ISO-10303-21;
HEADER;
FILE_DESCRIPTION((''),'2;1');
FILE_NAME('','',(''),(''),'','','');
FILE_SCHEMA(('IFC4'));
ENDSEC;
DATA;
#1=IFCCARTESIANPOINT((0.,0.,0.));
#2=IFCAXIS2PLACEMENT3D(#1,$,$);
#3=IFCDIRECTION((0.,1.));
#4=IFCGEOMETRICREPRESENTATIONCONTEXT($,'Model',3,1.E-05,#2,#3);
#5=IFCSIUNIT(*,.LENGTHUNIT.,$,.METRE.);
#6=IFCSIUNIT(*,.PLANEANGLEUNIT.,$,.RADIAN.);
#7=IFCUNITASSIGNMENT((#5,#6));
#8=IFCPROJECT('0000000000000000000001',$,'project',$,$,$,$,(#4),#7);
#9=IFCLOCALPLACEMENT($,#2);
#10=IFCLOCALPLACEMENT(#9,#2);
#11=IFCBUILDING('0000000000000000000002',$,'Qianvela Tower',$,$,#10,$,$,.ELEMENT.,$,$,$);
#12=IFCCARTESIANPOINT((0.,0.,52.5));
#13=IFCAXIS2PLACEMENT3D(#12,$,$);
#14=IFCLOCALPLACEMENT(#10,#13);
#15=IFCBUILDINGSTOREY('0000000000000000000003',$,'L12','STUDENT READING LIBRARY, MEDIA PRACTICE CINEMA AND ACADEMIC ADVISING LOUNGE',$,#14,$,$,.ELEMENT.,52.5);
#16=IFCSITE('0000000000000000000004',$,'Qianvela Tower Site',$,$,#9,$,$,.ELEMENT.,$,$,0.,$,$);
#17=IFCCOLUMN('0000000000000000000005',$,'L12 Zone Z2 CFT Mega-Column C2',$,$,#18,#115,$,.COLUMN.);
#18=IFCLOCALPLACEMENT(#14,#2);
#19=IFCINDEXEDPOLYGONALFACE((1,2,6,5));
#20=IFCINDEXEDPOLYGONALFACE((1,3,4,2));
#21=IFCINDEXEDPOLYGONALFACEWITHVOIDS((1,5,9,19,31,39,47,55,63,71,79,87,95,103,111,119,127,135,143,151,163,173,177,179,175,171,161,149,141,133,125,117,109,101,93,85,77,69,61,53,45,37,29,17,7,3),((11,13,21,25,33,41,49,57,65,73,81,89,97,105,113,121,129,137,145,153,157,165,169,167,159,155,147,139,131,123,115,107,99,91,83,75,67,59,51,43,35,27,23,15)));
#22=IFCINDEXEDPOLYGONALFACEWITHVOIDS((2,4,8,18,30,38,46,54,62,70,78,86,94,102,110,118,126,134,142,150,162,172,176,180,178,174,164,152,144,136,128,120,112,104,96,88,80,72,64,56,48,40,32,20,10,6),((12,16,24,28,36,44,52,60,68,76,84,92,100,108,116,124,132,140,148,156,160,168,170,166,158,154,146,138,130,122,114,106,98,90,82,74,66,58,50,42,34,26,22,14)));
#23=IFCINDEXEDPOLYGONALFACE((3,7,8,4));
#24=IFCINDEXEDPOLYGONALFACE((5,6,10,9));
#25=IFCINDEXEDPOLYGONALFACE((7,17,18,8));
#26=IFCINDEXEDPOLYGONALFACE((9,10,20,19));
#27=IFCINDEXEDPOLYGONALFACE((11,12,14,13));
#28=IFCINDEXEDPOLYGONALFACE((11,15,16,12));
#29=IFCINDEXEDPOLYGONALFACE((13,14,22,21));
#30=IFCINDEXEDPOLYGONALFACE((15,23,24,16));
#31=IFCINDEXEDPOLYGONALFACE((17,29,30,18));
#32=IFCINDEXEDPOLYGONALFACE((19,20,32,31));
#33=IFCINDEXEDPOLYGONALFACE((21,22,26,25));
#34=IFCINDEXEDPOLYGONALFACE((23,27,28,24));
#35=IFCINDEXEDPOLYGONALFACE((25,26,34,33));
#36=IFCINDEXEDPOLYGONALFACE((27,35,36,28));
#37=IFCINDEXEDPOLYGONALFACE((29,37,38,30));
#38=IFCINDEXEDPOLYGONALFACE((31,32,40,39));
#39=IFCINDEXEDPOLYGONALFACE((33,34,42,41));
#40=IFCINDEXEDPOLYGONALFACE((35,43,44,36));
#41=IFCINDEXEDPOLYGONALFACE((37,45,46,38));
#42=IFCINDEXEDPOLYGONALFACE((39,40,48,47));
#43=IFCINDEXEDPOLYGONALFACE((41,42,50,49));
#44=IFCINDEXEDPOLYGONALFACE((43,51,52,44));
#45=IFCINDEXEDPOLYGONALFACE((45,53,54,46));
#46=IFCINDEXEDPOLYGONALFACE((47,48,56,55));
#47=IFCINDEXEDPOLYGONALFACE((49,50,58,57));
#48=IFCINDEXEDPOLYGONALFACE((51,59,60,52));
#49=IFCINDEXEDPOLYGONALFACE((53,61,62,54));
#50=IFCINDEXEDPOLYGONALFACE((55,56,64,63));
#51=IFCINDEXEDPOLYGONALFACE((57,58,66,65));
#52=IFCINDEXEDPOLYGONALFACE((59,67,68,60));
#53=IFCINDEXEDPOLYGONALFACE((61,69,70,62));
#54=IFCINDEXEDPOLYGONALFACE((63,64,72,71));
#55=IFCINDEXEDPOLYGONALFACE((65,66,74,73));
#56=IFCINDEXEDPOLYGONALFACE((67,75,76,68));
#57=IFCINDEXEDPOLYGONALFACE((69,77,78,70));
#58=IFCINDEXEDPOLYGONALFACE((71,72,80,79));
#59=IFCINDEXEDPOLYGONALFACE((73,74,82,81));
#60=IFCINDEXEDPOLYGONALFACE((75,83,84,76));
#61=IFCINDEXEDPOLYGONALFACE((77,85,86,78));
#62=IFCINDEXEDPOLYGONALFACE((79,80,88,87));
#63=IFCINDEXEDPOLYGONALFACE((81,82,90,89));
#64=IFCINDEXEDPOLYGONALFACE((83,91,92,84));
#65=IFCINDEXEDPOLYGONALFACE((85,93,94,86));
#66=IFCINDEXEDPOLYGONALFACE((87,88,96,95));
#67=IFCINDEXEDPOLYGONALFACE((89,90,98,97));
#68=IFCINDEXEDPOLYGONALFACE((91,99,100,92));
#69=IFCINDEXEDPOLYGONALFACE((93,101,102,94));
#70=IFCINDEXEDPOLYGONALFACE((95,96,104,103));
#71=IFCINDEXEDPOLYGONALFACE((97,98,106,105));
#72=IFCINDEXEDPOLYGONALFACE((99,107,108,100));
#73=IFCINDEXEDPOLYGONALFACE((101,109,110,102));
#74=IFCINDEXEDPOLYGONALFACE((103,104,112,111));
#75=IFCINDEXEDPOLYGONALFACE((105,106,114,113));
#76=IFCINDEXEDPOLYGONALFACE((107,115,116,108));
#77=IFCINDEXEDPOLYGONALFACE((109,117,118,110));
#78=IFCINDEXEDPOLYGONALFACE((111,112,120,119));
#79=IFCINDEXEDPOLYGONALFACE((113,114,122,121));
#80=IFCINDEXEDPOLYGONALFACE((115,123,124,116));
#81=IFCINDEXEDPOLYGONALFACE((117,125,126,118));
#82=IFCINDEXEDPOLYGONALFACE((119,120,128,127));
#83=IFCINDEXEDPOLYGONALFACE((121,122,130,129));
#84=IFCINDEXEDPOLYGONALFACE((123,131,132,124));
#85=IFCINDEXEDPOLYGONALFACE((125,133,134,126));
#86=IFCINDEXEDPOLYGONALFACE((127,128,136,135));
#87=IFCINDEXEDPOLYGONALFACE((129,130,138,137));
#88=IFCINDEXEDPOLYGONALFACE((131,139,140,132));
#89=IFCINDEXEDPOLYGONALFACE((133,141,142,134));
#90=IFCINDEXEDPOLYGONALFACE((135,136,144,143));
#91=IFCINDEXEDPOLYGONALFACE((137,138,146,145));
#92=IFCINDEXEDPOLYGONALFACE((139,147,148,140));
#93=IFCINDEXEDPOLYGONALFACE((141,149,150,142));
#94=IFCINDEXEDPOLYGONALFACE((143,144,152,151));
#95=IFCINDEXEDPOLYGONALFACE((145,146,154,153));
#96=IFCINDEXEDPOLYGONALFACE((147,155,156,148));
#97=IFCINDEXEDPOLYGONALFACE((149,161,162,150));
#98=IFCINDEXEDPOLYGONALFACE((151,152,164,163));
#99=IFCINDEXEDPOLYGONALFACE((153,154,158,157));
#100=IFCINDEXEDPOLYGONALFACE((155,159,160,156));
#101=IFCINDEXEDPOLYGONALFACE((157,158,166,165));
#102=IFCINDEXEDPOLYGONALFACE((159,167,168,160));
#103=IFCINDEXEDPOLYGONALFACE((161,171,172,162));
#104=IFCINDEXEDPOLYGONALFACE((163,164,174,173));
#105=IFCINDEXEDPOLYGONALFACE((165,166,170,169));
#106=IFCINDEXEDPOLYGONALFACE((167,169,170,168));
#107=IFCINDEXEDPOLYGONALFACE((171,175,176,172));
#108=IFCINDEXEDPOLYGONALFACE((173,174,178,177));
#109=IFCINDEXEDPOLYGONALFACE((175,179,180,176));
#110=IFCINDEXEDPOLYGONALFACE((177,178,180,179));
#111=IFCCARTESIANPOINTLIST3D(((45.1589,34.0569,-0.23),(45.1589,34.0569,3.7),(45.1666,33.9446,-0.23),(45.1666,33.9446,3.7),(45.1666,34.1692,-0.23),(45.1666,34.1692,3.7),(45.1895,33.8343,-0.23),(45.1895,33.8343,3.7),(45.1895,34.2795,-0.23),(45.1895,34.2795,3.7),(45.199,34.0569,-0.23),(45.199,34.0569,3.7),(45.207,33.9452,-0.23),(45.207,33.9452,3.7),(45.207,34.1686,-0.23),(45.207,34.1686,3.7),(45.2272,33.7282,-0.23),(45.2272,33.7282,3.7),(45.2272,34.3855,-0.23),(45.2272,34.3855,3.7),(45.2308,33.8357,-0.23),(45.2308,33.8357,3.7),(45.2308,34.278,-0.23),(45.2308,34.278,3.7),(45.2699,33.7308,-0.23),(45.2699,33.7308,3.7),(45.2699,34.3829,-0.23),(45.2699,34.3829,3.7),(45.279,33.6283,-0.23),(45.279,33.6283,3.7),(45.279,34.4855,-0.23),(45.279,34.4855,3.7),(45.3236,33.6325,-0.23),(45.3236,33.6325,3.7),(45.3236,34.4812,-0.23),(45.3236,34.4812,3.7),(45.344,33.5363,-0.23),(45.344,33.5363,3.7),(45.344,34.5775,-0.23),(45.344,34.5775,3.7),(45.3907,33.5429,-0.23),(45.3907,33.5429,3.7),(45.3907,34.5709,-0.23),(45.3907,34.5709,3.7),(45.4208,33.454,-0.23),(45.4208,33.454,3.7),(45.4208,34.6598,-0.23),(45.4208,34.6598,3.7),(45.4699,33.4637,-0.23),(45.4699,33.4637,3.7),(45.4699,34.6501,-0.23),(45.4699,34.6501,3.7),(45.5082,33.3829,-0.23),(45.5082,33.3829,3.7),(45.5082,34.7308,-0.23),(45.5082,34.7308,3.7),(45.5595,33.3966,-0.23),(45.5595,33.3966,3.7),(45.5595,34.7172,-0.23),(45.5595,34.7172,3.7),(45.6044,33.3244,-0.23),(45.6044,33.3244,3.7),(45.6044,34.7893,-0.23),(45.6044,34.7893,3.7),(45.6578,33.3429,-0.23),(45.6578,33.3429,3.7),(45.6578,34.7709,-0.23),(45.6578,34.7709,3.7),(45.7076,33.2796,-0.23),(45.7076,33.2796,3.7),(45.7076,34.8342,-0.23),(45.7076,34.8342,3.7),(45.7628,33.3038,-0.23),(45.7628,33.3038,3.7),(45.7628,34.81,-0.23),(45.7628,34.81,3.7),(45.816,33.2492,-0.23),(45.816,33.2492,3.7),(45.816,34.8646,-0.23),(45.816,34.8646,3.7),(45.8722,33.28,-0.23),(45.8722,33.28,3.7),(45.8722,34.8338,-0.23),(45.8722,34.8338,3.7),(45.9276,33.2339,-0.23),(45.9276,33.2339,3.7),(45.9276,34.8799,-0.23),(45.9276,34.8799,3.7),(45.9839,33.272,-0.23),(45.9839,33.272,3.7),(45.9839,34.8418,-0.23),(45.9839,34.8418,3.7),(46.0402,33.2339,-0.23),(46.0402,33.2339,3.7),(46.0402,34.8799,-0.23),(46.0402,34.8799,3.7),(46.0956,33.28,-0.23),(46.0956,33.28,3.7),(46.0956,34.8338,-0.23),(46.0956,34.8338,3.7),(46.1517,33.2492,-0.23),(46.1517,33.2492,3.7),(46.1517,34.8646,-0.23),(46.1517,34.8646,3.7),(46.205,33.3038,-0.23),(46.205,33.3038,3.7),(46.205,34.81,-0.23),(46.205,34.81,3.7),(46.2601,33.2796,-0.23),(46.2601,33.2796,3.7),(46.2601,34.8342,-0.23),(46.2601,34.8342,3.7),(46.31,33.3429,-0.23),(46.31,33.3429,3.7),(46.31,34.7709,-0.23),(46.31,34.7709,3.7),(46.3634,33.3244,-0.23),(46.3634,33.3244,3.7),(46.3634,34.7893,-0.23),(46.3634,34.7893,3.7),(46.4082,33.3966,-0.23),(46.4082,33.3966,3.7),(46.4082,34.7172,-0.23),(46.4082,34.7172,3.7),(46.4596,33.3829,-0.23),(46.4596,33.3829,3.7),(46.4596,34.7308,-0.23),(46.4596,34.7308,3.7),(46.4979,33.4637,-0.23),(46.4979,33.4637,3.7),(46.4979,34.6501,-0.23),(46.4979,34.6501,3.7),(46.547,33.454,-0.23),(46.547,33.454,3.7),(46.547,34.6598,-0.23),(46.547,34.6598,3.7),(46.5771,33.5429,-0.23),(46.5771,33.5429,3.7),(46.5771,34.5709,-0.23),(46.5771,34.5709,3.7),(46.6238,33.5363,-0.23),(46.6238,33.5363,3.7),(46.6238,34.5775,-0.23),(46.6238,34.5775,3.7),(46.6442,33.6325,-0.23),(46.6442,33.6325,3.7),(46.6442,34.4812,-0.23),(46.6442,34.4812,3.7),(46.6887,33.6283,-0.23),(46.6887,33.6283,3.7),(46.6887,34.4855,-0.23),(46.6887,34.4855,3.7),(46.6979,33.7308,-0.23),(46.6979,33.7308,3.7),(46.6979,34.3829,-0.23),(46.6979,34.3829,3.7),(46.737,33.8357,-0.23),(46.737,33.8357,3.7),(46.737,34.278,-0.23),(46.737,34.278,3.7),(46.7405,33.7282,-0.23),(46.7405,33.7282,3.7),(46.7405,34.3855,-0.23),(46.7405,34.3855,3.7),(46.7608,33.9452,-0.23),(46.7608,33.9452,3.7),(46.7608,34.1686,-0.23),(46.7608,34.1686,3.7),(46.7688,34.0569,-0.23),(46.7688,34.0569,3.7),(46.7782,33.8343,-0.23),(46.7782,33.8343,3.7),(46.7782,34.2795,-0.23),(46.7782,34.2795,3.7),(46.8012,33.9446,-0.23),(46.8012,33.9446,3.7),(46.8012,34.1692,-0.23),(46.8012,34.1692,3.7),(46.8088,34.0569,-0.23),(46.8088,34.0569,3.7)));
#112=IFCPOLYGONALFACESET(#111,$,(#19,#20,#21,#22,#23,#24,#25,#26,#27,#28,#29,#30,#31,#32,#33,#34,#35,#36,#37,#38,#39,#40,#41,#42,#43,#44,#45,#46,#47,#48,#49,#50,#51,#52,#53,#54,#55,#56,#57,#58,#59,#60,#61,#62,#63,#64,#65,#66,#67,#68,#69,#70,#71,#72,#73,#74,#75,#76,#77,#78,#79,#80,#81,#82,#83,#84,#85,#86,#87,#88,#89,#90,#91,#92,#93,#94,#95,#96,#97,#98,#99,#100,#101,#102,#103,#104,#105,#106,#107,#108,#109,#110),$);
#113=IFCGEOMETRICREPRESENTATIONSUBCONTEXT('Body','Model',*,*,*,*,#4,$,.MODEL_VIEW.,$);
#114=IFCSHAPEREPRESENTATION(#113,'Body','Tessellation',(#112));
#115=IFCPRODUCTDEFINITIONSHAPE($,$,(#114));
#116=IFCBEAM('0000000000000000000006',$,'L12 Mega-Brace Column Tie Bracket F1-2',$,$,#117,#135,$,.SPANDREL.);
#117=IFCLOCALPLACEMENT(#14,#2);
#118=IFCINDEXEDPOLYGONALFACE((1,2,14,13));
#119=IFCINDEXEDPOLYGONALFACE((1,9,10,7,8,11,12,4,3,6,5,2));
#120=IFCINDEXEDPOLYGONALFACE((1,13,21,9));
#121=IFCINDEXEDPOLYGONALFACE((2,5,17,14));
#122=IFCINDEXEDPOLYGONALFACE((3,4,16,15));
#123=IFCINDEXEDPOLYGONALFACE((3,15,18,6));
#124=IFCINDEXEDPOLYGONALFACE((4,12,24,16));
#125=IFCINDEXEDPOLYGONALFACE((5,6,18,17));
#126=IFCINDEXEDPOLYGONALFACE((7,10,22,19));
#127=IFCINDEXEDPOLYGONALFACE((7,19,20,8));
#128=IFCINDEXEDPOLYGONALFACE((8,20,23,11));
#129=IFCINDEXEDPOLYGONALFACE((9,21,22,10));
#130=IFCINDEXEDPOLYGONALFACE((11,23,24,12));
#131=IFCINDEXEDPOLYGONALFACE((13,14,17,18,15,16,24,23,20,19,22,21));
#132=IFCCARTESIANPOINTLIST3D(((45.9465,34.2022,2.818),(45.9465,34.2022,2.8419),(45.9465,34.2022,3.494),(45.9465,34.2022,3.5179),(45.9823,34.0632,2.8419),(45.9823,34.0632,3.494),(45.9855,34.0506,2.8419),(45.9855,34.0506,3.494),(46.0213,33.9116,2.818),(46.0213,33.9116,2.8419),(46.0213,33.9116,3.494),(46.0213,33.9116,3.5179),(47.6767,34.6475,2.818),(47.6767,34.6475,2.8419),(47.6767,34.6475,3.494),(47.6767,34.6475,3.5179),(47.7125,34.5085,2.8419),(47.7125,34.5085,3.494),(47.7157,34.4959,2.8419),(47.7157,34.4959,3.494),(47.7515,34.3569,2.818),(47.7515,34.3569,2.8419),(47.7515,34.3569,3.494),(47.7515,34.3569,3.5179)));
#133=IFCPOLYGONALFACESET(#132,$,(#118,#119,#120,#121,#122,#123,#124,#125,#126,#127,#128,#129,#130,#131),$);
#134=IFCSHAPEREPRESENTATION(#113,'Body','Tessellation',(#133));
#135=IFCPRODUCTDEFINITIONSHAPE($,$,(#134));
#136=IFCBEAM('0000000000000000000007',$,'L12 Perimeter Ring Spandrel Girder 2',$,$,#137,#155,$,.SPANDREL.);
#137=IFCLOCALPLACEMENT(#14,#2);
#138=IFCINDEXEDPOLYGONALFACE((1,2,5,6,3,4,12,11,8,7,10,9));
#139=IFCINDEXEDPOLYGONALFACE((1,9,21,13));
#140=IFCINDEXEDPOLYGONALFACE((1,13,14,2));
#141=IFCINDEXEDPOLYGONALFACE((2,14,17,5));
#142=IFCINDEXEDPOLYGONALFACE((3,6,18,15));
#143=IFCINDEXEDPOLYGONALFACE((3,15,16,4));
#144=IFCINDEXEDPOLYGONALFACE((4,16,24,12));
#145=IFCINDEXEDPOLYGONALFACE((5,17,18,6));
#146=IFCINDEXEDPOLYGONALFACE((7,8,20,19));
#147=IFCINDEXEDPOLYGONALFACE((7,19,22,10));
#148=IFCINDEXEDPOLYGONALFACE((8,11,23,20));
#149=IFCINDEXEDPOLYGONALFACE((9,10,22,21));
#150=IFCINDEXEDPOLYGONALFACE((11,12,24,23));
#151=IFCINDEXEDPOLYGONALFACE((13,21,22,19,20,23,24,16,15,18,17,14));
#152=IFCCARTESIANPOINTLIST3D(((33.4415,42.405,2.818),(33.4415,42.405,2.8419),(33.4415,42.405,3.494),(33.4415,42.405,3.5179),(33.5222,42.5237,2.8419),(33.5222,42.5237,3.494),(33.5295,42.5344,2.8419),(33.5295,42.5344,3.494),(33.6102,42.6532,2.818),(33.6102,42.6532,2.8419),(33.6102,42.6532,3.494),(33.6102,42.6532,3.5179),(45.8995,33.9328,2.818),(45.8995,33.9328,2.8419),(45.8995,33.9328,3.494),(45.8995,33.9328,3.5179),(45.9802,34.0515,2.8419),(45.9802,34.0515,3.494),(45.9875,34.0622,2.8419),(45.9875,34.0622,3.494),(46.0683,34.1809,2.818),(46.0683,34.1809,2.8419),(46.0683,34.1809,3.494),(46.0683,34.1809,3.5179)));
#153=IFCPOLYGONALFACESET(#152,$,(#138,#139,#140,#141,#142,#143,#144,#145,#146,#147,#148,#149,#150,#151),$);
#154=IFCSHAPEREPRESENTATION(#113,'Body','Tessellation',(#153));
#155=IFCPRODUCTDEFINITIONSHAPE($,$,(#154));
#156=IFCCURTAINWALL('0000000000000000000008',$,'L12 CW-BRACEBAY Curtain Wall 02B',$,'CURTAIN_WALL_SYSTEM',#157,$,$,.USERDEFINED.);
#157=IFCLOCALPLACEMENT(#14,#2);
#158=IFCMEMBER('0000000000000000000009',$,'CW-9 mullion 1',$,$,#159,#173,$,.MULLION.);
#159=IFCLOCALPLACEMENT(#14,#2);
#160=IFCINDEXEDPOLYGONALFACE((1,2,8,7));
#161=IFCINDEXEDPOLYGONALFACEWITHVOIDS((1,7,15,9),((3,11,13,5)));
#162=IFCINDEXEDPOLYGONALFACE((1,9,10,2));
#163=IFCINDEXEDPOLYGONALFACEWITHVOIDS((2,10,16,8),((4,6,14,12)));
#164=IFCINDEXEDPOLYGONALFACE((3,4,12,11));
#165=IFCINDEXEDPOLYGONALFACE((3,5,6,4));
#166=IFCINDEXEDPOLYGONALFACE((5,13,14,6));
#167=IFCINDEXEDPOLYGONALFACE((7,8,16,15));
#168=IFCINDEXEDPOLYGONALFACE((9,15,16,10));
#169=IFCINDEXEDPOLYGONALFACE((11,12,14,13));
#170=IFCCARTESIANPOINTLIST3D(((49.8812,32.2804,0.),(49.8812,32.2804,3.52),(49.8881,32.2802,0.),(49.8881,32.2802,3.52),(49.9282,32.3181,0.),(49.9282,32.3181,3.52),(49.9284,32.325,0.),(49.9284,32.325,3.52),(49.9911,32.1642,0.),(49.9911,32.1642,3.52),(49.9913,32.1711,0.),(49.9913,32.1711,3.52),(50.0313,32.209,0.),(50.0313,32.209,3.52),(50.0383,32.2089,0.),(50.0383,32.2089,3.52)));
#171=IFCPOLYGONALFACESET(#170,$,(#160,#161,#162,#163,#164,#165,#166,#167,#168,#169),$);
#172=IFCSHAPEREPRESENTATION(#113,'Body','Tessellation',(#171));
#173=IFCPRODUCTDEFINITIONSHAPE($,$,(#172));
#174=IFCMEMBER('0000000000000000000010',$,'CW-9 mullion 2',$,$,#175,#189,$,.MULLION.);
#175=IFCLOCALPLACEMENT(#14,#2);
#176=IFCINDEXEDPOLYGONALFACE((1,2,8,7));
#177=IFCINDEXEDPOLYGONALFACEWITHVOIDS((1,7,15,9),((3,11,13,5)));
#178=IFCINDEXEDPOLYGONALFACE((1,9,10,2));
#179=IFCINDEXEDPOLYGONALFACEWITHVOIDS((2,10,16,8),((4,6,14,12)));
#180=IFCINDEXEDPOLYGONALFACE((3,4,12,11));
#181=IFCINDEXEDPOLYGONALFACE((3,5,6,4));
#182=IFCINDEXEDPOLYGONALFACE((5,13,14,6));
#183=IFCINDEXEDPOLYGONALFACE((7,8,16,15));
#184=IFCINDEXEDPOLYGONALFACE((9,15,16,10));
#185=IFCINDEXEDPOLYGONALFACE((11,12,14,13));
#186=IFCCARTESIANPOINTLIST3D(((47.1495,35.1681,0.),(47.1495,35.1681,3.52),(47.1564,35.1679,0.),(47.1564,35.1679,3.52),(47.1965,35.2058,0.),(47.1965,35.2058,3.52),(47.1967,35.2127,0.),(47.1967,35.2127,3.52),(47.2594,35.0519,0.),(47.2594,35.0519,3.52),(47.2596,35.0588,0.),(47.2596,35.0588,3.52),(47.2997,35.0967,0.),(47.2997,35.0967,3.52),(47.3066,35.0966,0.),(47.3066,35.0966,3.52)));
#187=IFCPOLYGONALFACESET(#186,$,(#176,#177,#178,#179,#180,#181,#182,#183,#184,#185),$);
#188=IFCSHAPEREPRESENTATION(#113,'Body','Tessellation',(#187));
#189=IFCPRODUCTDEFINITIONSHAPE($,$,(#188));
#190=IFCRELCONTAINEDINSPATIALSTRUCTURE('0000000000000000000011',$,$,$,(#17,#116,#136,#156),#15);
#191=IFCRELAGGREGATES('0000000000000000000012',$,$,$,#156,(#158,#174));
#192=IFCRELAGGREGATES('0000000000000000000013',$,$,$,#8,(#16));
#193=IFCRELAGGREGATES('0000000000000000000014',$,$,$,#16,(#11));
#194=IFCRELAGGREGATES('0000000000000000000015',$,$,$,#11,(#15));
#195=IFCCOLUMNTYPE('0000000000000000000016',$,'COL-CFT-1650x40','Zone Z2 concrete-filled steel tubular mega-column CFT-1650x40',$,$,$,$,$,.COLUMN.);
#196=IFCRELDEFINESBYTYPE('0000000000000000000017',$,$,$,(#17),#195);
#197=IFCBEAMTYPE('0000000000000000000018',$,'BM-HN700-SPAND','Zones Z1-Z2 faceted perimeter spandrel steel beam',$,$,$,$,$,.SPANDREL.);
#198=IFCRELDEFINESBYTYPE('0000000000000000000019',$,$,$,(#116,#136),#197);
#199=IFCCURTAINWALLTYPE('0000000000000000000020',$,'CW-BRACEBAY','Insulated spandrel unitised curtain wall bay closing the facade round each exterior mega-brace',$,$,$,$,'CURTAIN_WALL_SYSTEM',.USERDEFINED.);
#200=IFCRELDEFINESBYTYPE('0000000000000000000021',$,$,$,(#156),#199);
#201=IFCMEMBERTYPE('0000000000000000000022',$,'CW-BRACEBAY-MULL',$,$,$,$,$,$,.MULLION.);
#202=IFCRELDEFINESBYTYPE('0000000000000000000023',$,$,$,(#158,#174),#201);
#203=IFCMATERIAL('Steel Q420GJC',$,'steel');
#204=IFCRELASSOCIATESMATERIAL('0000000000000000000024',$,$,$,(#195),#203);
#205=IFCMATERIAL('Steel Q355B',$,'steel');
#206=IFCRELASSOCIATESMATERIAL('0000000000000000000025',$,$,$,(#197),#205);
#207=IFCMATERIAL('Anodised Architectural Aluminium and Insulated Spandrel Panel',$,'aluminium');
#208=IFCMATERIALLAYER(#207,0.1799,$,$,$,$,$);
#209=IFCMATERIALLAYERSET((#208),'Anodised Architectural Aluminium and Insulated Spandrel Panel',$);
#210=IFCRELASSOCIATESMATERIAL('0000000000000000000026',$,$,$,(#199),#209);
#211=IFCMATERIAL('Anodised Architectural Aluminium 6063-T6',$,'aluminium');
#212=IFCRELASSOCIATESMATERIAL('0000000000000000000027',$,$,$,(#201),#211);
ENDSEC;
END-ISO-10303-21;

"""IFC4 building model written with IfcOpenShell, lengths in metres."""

from ifc_helpers import new_model, si_unit, direction, frame, origin, origin_2d, place, context, subcontext, project, spatial, hollow_rectangle, hollow_circle, i_section, extrude, material, layer, layer_set, material_profile, profile_set, type_object, element, aggregate, save


model = new_model("IFC4")

# Units and contexts
model_context = context("Model", 3, precision=1e-05, world=origin(), true_north=direction((0.0, 1.0)))
body_context = subcontext(model_context, "Body", "Model", "MODEL_VIEW")
ifc_project = project(units=[si_unit("LENGTHUNIT", "METRE"), si_unit("PLANEANGLEUNIT", "RADIAN")], contexts=[model_context])

# Site, building, storey
site_placement = place(None, origin())
site = spatial("IfcSite", under=ifc_project, at=site_placement, Name="Qianvela Tower Site", CompositionType="ELEMENT", RefElevation=0.0)
building_placement = place(site_placement, origin())
building = spatial("IfcBuilding", under=site, at=building_placement, Name="Qianvela Tower", CompositionType="ELEMENT")
storey_placement = place(building_placement, frame((0.0, 0.0, 52.5)))
storey = spatial("IfcBuildingStorey", under=building, at=storey_placement, Name="L12", Description="STUDENT READING LIBRARY, MEDIA PRACTICE CINEMA AND ACADEMIC ADVISING LOUNGE", CompositionType="ELEMENT", Elevation=52.5)

# Column
ifc_material_1 = material(Name="Steel Q420GJC", Category="steel")
ifc_material_profile_1 = material_profile(ifc_material_1, hollow_circle(Radius=0.825, WallThickness=0.04, at=origin_2d()), Name="CFT-1650x40")
ifc_profile_set_1 = profile_set([ifc_material_profile_1], Name="Steel Q420GJC")
column_type = type_object("IfcColumnType", Name="COL-CFT-1650x40", Description="Zone Z2 concrete-filled steel tubular mega-column CFT-1650x40", PredefinedType="COLUMN", material=ifc_profile_set_1)
column_placement = place(storey_placement, frame((45.9839, 34.0569, -0.23), z_axis=(0.0, 0.0, 1.0), x_axis=(1.0, 0.0, 0.0)))
element("IfcColumn", 1, at=column_placement, inside=storey, type_object=column_type, Name="L12 Zone Z2 CFT Mega-Column C2", PredefinedType="COLUMN", context=body_context, shape_type="SweptSolid", body=[
    extrude(hollow_circle(Radius=0.825, WallThickness=0.04, at=origin_2d()), origin(), (0.0, 0.0, 1.0), 3.9299),
])

# Beams
ifc_material_2 = material(Name="Steel Q355B", Category="steel")
ifc_material_profile_2 = material_profile(ifc_material_2, i_section(OverallWidth=0.3, OverallDepth=0.7, WebThickness=0.0129, FlangeThickness=0.0239, at=origin_2d()), Name="HN700x300x13x24")
ifc_profile_set_2 = profile_set([ifc_material_profile_2], Name="Steel Q355B")
beam_type = type_object("IfcBeamType", Name="BM-HN700-SPAND", Description="Zones Z1-Z2 faceted perimeter spandrel steel beam", PredefinedType="SPANDREL", material=ifc_profile_set_2)
beam_1_placement = place(storey_placement, frame((45.9839, 34.0569, 3.168), z_axis=(0.968439, 0.24925, 0.0), x_axis=(-0.24925, 0.968439, 0.0)))
element("IfcBeam", 2, at=beam_1_placement, inside=storey, type_object=beam_type, Name="L12 Mega-Brace Column Tie Bracket F1-2", PredefinedType="SPANDREL", context=body_context, shape_type="SweptSolid", body=[
    extrude(i_section(OverallWidth=0.3, OverallDepth=0.7, WebThickness=0.0129, FlangeThickness=0.0239, at=origin_2d()), origin(), (0.0, 0.0, 1.0), 1.7866),
])
beam_2_placement = place(storey_placement, frame((45.9839, 34.0569, 3.168), z_axis=(-0.826904, 0.562343, 0.0), x_axis=(-0.562343, -0.826904, 0.0)))
element("IfcBeam", 3, at=beam_2_placement, inside=storey, type_object=beam_type, Name="L12 Perimeter Ring Spandrel Girder 2", PredefinedType="SPANDREL", context=body_context, shape_type="SweptSolid", body=[
    extrude(i_section(OverallWidth=0.3, OverallDepth=0.7, WebThickness=0.0129, FlangeThickness=0.0239, at=origin_2d()), origin(), (0.0, 0.0, 1.0), 15.0659),
])

# Curtain wall, members
ifc_material_3 = material(Name="Anodised Architectural Aluminium and Insulated Spandrel Panel", Category="aluminium")
ifc_layer_1 = layer(ifc_material_3, 0.1799)
ifc_layer_set_1 = layer_set([ifc_layer_1], Name="Anodised Architectural Aluminium and Insulated Spandrel Panel")
curtain_wall_type_1 = type_object("IfcCurtainWallType", Name="CW-BRACEBAY", Description="Insulated spandrel unitised curtain wall bay closing the facade round each exterior mega-brace", ElementType="CURTAIN_WALL_SYSTEM", PredefinedType="USERDEFINED", material=ifc_layer_set_1)
curtain_wall_1_placement = place(storey_placement, origin())
curtain_wall_1 = element("IfcCurtainWall", 4, at=curtain_wall_1_placement, inside=storey, type_object=curtain_wall_type_1, Name="L12 CW-BRACEBAY Curtain Wall 02B", ObjectType="CURTAIN_WALL_SYSTEM", PredefinedType="USERDEFINED")
ifc_material_4 = material(Name="Anodised Architectural Aluminium 6063-T6", Category="aluminium")
ifc_material_profile_3 = material_profile(ifc_material_4, hollow_rectangle(XDim=0.0649, YDim=0.1599, WallThickness=0.0049, at=origin_2d()), Name="ALU-MULL-65x160")
ifc_profile_set_3 = profile_set([ifc_material_profile_3], Name="Anodised Architectural Aluminium 6063-T6")
member_type_1 = type_object("IfcMemberType", Name="CW-BRACEBAY-MULL", PredefinedType="MULLION", material=ifc_profile_set_3)
member_1_placement = place(storey_placement, frame((49.9597, 32.2446, 0.0), z_axis=(0.0, 0.0, 1.0), x_axis=(-0.726487, -0.68718, 0.0)))
member_1 = element("IfcMember", 5, at=member_1_placement, type_object=member_type_1, Name="CW-9 mullion 1", PredefinedType="MULLION", context=body_context, shape_type="SweptSolid", body=[
    extrude(hollow_rectangle(XDim=0.0649, YDim=0.1599, WallThickness=0.0049, at=origin_2d()), origin(), (0.0, 0.0, 1.0), 3.52),
])
member_2_placement = place(storey_placement, frame((47.228, 35.1323, 0.0), z_axis=(0.0, 0.0, 1.0), x_axis=(-0.726487, -0.68718, 0.0)))
member_2 = element("IfcMember", 6, at=member_2_placement, type_object=member_type_1, Name="CW-9 mullion 2", PredefinedType="MULLION", context=body_context, shape_type="SweptSolid", body=[
    extrude(hollow_rectangle(XDim=0.0649, YDim=0.1599, WallThickness=0.0049, at=origin_2d()), origin(), (0.0, 0.0, 1.0), 3.52),
])

aggregate(curtain_wall_1, [member_1, member_2])

save(model, "model.ifc")
